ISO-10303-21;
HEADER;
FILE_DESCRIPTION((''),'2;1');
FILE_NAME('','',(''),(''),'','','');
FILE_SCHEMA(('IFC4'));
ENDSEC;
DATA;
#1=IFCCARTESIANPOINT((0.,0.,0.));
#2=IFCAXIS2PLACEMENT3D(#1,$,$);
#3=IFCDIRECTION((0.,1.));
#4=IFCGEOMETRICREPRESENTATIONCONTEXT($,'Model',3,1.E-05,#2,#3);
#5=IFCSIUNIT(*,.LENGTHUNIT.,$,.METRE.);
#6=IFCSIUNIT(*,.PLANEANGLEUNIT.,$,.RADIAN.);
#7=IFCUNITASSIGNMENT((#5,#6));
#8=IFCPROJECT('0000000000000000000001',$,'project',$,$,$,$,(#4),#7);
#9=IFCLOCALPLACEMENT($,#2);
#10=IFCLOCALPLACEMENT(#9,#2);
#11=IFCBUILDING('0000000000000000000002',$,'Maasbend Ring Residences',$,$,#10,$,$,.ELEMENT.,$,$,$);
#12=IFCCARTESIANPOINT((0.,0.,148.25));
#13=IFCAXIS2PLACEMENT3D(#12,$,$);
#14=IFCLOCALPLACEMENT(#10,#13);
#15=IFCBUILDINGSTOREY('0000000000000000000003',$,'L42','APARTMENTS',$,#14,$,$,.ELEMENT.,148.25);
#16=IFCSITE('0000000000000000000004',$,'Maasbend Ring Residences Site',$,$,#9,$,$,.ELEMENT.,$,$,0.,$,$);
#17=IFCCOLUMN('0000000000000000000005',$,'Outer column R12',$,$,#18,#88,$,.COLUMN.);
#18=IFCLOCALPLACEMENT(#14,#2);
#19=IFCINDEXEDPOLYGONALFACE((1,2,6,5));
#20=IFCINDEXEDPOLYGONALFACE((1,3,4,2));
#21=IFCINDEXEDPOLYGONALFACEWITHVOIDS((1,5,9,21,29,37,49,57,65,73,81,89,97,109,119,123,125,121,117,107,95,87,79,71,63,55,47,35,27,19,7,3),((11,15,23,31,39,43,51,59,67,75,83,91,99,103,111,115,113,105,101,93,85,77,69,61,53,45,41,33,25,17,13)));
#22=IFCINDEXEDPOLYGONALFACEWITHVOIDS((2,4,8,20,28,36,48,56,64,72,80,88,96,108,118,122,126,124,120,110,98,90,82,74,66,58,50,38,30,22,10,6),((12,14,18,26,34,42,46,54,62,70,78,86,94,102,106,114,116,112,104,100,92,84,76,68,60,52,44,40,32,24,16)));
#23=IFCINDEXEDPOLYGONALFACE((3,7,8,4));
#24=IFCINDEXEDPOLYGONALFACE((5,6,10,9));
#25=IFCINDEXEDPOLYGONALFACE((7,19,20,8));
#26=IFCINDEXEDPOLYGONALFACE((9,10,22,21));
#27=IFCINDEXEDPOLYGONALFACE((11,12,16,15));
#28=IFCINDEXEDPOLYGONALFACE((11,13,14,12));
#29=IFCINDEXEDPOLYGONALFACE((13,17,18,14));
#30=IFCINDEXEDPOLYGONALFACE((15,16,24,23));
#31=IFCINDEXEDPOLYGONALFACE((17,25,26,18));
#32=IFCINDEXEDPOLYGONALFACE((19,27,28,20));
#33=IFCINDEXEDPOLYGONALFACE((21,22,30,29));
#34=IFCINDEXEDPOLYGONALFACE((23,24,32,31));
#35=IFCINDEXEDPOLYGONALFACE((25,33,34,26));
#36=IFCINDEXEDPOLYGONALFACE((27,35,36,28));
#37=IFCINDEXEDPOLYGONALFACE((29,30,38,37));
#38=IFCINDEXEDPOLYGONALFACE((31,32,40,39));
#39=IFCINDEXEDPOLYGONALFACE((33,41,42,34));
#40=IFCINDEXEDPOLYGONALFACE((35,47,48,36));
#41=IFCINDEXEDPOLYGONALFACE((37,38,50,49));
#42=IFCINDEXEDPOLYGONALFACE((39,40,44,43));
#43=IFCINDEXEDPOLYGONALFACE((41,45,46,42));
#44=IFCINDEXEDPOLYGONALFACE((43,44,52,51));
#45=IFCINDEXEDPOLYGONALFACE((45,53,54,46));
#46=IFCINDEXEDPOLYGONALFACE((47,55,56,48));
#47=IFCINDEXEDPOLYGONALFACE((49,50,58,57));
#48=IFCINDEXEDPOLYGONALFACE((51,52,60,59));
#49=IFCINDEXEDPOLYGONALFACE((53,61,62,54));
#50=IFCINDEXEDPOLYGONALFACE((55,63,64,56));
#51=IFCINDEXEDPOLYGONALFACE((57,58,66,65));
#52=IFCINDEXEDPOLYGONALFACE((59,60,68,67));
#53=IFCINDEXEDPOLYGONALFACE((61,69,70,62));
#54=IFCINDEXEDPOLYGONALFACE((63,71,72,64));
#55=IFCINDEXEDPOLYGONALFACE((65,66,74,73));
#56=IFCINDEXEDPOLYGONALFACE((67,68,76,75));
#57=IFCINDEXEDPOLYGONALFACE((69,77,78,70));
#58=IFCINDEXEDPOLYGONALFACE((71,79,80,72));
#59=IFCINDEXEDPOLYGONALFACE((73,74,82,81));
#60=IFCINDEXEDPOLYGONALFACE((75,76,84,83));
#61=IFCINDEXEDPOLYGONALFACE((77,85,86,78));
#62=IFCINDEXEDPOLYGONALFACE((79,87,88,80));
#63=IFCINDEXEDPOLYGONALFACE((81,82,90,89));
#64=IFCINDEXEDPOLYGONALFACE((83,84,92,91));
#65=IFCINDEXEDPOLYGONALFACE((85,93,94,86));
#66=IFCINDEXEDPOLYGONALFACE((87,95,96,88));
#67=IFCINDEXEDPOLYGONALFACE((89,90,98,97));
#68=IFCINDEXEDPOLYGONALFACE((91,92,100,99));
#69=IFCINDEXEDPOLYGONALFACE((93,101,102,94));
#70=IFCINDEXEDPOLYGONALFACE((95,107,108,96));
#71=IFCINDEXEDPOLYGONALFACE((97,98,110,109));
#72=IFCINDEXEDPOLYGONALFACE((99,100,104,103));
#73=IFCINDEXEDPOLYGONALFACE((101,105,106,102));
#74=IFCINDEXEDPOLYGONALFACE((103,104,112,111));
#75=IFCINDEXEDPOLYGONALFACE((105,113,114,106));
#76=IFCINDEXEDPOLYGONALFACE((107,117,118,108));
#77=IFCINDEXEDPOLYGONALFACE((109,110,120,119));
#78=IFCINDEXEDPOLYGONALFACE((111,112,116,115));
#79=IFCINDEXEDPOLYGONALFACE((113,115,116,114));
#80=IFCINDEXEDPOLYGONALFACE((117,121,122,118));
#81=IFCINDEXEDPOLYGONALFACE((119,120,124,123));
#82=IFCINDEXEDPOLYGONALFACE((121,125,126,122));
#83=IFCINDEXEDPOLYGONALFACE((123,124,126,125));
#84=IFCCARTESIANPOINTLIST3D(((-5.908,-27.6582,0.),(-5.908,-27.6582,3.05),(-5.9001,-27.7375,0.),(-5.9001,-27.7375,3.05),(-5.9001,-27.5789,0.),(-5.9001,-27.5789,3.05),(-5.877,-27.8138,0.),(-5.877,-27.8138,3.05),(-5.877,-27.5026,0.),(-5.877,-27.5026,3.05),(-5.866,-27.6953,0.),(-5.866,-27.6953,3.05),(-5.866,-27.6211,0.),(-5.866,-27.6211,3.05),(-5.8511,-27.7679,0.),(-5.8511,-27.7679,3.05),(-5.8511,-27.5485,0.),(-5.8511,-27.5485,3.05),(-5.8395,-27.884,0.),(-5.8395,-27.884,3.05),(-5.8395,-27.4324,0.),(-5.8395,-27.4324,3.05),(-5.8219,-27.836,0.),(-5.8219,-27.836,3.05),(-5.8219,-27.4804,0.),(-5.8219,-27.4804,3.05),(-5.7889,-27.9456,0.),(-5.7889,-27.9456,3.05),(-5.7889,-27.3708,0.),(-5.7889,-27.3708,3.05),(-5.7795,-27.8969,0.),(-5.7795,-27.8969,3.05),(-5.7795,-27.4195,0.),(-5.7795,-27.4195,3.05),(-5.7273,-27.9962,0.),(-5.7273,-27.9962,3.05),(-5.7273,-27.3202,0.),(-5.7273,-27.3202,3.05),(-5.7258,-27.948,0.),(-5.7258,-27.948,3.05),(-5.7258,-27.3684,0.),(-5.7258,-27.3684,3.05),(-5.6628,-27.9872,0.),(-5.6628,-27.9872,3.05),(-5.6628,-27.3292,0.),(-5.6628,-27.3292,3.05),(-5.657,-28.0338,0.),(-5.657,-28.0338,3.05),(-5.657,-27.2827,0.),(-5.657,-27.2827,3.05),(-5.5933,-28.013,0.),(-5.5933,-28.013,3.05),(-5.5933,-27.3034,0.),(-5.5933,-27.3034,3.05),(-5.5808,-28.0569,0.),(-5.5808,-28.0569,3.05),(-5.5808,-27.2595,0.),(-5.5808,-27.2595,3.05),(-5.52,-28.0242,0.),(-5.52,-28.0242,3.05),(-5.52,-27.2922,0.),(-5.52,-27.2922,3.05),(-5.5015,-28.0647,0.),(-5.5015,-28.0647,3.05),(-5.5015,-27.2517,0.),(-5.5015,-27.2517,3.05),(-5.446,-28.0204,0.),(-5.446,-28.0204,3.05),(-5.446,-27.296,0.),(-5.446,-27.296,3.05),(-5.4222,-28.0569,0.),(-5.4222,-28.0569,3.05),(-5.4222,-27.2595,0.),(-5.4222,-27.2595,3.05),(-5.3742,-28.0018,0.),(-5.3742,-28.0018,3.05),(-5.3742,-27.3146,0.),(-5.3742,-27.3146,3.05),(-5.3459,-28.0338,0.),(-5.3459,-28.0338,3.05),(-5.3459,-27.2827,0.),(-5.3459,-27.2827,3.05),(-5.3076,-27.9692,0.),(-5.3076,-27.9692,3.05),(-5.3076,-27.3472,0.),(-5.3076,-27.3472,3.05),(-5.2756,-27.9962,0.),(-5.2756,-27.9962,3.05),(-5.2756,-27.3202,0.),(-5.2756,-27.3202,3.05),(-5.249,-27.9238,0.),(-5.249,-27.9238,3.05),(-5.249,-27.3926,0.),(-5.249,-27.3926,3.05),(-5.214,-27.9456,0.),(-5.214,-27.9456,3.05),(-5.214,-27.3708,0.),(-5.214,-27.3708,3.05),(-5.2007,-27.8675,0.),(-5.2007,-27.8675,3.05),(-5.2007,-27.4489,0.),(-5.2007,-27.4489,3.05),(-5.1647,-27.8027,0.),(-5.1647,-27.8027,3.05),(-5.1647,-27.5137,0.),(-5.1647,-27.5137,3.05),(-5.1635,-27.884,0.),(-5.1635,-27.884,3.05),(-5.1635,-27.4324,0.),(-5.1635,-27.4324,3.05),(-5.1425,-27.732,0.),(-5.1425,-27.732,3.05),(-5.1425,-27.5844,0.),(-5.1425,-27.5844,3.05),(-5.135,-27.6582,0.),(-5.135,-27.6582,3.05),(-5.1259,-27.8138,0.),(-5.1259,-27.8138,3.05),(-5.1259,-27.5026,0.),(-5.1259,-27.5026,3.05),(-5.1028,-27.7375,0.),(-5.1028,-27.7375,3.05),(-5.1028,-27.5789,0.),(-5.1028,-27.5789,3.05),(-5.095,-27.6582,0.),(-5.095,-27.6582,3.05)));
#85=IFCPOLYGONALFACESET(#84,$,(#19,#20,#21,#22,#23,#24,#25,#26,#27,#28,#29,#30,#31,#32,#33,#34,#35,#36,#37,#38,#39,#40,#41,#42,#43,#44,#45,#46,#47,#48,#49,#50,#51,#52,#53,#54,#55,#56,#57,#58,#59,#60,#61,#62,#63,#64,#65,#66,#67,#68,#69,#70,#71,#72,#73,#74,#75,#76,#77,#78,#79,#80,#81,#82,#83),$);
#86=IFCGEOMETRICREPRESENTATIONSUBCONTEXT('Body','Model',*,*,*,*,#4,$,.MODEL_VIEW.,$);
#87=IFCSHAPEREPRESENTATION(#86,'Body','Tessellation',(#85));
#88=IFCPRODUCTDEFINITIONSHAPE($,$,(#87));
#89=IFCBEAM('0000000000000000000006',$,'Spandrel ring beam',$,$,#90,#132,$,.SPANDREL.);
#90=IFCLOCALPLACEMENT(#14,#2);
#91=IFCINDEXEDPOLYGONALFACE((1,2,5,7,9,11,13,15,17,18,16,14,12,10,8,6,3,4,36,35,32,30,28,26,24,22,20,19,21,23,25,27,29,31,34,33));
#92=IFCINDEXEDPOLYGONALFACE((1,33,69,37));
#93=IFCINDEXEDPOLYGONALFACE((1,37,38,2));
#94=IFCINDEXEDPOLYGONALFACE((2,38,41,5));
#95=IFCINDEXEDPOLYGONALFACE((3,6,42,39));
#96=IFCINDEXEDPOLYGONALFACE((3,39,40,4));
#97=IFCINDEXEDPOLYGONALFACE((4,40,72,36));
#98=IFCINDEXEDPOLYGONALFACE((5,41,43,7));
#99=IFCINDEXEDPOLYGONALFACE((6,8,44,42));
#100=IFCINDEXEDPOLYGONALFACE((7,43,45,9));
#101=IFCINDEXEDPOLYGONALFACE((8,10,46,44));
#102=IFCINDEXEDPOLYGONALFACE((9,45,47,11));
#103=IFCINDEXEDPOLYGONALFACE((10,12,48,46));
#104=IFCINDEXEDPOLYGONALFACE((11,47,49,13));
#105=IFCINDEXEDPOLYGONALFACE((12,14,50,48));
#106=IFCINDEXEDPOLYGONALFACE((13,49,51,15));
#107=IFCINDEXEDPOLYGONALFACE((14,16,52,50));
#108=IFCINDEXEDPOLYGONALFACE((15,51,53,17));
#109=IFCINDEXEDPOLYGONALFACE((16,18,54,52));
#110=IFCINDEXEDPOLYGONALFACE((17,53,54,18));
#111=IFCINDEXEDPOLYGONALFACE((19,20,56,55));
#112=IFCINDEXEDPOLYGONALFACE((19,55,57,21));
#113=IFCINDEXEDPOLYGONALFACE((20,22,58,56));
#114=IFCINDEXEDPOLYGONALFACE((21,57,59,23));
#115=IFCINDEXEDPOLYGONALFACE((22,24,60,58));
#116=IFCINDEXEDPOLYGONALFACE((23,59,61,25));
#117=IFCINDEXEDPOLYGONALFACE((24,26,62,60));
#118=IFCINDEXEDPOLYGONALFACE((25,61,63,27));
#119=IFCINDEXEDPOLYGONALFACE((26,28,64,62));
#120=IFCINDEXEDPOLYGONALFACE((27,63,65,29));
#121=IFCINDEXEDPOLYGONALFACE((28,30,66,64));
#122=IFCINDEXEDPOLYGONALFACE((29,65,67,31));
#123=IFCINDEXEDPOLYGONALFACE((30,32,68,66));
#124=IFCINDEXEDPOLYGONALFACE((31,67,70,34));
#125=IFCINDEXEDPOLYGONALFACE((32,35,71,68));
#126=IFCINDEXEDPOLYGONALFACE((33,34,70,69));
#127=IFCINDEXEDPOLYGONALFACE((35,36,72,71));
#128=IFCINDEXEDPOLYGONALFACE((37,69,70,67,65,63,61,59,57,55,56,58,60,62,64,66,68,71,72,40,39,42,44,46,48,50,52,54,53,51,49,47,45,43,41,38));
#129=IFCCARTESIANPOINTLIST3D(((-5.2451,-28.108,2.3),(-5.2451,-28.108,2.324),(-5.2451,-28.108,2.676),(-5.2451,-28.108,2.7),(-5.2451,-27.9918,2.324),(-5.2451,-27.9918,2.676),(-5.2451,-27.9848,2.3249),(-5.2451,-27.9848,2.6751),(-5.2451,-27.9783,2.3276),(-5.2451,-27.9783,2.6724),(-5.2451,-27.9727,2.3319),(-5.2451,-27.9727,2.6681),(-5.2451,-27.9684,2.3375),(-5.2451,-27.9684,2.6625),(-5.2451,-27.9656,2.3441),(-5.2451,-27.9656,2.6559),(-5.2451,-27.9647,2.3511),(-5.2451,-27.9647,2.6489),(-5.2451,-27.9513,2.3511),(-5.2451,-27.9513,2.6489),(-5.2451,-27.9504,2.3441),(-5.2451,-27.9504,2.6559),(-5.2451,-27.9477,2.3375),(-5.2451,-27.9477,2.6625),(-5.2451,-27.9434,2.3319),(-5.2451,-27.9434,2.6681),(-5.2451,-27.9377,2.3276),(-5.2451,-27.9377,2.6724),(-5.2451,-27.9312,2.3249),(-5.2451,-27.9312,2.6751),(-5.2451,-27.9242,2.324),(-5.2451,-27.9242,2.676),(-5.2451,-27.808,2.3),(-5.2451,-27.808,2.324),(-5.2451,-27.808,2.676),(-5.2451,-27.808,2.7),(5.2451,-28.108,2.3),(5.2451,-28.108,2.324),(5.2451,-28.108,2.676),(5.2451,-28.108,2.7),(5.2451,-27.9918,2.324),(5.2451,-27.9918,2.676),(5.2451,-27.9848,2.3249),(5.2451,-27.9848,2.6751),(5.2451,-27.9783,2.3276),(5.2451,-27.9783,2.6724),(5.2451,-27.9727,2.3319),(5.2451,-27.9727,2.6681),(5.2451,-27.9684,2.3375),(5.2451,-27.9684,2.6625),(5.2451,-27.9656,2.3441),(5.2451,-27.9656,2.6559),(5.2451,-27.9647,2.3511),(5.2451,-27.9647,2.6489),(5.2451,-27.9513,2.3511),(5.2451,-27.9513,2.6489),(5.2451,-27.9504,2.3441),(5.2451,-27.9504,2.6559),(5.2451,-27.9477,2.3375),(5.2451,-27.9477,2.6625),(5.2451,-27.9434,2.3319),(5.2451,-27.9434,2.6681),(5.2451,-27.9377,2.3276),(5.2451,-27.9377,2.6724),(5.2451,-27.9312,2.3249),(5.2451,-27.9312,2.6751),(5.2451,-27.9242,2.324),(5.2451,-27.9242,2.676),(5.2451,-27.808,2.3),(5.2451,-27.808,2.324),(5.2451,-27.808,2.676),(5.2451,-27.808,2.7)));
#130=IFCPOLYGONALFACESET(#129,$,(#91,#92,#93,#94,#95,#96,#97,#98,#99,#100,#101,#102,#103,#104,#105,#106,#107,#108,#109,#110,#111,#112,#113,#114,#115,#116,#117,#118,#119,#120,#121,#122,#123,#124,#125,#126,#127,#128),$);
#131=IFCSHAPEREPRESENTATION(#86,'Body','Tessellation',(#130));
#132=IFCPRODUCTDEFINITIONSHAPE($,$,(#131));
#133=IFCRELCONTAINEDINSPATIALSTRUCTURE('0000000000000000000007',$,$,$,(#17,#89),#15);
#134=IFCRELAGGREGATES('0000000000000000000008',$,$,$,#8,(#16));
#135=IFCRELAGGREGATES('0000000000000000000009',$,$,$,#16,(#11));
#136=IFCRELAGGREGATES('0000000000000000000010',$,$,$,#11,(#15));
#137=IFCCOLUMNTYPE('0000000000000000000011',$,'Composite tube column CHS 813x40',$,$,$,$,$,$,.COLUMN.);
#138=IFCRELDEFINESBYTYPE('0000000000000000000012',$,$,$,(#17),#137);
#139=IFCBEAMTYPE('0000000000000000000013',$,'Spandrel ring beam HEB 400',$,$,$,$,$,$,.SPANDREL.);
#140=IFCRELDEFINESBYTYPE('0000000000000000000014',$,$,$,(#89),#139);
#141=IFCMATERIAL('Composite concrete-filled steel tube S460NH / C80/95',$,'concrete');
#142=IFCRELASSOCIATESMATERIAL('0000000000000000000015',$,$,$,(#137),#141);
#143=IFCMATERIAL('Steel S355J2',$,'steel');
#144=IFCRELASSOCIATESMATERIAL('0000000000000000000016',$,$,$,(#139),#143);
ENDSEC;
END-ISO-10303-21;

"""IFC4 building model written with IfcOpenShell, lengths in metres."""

from ifc_helpers import new_model, si_unit, direction, frame, origin, origin_2d, place, context, subcontext, project, spatial, hollow_circle, i_section, extrude, material, material_profile, profile_set, type_object, element, save


model = new_model("IFC4")

# Units and contexts
model_context = context("Model", 3, precision=1e-05, world=origin(), true_north=direction((0.0, 1.0)))
body_context = subcontext(model_context, "Body", "Model", "MODEL_VIEW")
ifc_project = project(units=[si_unit("LENGTHUNIT", "METRE"), si_unit("PLANEANGLEUNIT", "RADIAN")], contexts=[model_context])

# Site, building, storey
site_placement = place(None, origin())
site = spatial("IfcSite", under=ifc_project, at=site_placement, Name="Maasbend Ring Residences Site", CompositionType="ELEMENT", RefElevation=0.0)
building_placement = place(site_placement, origin())
building = spatial("IfcBuilding", under=site, at=building_placement, Name="Maasbend Ring Residences", CompositionType="ELEMENT")
storey_placement = place(building_placement, frame((0.0, 0.0, 148.25)))
storey = spatial("IfcBuildingStorey", under=building, at=storey_placement, Name="L42", Description="APARTMENTS", CompositionType="ELEMENT", Elevation=148.25)

# Column
ifc_material_1 = material(Name="Composite concrete-filled steel tube S460NH / C80/95", Category="concrete")
ifc_material_profile_1 = material_profile(ifc_material_1, hollow_circle(Radius=0.4065, WallThickness=0.04, at=origin_2d()), Name="Composite tube column CHS 813x40")
ifc_profile_set_1 = profile_set([ifc_material_profile_1], Name="Composite concrete-filled steel tube S460NH / C80/95")
column_type = type_object("IfcColumnType", Name="Composite tube column CHS 813x40", PredefinedType="COLUMN", material=ifc_profile_set_1)
column_placement = place(storey_placement, frame((-5.5015, -27.6582, 0.0), z_axis=(0.0, 0.0, 1.0), x_axis=(1.0, 0.0, 0.0)))
element("IfcColumn", 1, at=column_placement, inside=storey, type_object=column_type, Name="Outer column R12", PredefinedType="COLUMN", context=body_context, shape_type="SweptSolid", body=[
    extrude(hollow_circle(Radius=0.4065, WallThickness=0.04, at=origin_2d()), origin(), (0.0, 0.0, 1.0), 3.05),
])

# Beam
ifc_material_2 = material(Name="Steel S355J2", Category="steel")
ifc_material_profile_2 = material_profile(ifc_material_2, i_section(OverallWidth=0.3, OverallDepth=0.3999, WebThickness=0.0134, FlangeThickness=0.0239, FilletRadius=0.0271, at=origin_2d()), Name="HEB 400")
ifc_profile_set_2 = profile_set([ifc_material_profile_2], Name="Steel S355J2")
beam_type = type_object("IfcBeamType", Name="Spandrel ring beam HEB 400", PredefinedType="SPANDREL", material=ifc_profile_set_2)
beam_placement = place(storey_placement, frame((-5.2451, -27.958, 2.5), z_axis=(1.0, 0.0, 0.0), x_axis=(0.0, 1.0, 0.0)))
element("IfcBeam", 2, at=beam_placement, inside=storey, type_object=beam_type, Name="Spandrel ring beam", PredefinedType="SPANDREL", context=body_context, shape_type="SweptSolid", body=[
    extrude(i_section(OverallWidth=0.3, OverallDepth=0.3999, WebThickness=0.0134, FlangeThickness=0.0239, FilletRadius=0.0271, at=origin_2d()), origin(), (0.0, 0.0, 1.0), 10.4902),
])

save(model, "model.ifc")
